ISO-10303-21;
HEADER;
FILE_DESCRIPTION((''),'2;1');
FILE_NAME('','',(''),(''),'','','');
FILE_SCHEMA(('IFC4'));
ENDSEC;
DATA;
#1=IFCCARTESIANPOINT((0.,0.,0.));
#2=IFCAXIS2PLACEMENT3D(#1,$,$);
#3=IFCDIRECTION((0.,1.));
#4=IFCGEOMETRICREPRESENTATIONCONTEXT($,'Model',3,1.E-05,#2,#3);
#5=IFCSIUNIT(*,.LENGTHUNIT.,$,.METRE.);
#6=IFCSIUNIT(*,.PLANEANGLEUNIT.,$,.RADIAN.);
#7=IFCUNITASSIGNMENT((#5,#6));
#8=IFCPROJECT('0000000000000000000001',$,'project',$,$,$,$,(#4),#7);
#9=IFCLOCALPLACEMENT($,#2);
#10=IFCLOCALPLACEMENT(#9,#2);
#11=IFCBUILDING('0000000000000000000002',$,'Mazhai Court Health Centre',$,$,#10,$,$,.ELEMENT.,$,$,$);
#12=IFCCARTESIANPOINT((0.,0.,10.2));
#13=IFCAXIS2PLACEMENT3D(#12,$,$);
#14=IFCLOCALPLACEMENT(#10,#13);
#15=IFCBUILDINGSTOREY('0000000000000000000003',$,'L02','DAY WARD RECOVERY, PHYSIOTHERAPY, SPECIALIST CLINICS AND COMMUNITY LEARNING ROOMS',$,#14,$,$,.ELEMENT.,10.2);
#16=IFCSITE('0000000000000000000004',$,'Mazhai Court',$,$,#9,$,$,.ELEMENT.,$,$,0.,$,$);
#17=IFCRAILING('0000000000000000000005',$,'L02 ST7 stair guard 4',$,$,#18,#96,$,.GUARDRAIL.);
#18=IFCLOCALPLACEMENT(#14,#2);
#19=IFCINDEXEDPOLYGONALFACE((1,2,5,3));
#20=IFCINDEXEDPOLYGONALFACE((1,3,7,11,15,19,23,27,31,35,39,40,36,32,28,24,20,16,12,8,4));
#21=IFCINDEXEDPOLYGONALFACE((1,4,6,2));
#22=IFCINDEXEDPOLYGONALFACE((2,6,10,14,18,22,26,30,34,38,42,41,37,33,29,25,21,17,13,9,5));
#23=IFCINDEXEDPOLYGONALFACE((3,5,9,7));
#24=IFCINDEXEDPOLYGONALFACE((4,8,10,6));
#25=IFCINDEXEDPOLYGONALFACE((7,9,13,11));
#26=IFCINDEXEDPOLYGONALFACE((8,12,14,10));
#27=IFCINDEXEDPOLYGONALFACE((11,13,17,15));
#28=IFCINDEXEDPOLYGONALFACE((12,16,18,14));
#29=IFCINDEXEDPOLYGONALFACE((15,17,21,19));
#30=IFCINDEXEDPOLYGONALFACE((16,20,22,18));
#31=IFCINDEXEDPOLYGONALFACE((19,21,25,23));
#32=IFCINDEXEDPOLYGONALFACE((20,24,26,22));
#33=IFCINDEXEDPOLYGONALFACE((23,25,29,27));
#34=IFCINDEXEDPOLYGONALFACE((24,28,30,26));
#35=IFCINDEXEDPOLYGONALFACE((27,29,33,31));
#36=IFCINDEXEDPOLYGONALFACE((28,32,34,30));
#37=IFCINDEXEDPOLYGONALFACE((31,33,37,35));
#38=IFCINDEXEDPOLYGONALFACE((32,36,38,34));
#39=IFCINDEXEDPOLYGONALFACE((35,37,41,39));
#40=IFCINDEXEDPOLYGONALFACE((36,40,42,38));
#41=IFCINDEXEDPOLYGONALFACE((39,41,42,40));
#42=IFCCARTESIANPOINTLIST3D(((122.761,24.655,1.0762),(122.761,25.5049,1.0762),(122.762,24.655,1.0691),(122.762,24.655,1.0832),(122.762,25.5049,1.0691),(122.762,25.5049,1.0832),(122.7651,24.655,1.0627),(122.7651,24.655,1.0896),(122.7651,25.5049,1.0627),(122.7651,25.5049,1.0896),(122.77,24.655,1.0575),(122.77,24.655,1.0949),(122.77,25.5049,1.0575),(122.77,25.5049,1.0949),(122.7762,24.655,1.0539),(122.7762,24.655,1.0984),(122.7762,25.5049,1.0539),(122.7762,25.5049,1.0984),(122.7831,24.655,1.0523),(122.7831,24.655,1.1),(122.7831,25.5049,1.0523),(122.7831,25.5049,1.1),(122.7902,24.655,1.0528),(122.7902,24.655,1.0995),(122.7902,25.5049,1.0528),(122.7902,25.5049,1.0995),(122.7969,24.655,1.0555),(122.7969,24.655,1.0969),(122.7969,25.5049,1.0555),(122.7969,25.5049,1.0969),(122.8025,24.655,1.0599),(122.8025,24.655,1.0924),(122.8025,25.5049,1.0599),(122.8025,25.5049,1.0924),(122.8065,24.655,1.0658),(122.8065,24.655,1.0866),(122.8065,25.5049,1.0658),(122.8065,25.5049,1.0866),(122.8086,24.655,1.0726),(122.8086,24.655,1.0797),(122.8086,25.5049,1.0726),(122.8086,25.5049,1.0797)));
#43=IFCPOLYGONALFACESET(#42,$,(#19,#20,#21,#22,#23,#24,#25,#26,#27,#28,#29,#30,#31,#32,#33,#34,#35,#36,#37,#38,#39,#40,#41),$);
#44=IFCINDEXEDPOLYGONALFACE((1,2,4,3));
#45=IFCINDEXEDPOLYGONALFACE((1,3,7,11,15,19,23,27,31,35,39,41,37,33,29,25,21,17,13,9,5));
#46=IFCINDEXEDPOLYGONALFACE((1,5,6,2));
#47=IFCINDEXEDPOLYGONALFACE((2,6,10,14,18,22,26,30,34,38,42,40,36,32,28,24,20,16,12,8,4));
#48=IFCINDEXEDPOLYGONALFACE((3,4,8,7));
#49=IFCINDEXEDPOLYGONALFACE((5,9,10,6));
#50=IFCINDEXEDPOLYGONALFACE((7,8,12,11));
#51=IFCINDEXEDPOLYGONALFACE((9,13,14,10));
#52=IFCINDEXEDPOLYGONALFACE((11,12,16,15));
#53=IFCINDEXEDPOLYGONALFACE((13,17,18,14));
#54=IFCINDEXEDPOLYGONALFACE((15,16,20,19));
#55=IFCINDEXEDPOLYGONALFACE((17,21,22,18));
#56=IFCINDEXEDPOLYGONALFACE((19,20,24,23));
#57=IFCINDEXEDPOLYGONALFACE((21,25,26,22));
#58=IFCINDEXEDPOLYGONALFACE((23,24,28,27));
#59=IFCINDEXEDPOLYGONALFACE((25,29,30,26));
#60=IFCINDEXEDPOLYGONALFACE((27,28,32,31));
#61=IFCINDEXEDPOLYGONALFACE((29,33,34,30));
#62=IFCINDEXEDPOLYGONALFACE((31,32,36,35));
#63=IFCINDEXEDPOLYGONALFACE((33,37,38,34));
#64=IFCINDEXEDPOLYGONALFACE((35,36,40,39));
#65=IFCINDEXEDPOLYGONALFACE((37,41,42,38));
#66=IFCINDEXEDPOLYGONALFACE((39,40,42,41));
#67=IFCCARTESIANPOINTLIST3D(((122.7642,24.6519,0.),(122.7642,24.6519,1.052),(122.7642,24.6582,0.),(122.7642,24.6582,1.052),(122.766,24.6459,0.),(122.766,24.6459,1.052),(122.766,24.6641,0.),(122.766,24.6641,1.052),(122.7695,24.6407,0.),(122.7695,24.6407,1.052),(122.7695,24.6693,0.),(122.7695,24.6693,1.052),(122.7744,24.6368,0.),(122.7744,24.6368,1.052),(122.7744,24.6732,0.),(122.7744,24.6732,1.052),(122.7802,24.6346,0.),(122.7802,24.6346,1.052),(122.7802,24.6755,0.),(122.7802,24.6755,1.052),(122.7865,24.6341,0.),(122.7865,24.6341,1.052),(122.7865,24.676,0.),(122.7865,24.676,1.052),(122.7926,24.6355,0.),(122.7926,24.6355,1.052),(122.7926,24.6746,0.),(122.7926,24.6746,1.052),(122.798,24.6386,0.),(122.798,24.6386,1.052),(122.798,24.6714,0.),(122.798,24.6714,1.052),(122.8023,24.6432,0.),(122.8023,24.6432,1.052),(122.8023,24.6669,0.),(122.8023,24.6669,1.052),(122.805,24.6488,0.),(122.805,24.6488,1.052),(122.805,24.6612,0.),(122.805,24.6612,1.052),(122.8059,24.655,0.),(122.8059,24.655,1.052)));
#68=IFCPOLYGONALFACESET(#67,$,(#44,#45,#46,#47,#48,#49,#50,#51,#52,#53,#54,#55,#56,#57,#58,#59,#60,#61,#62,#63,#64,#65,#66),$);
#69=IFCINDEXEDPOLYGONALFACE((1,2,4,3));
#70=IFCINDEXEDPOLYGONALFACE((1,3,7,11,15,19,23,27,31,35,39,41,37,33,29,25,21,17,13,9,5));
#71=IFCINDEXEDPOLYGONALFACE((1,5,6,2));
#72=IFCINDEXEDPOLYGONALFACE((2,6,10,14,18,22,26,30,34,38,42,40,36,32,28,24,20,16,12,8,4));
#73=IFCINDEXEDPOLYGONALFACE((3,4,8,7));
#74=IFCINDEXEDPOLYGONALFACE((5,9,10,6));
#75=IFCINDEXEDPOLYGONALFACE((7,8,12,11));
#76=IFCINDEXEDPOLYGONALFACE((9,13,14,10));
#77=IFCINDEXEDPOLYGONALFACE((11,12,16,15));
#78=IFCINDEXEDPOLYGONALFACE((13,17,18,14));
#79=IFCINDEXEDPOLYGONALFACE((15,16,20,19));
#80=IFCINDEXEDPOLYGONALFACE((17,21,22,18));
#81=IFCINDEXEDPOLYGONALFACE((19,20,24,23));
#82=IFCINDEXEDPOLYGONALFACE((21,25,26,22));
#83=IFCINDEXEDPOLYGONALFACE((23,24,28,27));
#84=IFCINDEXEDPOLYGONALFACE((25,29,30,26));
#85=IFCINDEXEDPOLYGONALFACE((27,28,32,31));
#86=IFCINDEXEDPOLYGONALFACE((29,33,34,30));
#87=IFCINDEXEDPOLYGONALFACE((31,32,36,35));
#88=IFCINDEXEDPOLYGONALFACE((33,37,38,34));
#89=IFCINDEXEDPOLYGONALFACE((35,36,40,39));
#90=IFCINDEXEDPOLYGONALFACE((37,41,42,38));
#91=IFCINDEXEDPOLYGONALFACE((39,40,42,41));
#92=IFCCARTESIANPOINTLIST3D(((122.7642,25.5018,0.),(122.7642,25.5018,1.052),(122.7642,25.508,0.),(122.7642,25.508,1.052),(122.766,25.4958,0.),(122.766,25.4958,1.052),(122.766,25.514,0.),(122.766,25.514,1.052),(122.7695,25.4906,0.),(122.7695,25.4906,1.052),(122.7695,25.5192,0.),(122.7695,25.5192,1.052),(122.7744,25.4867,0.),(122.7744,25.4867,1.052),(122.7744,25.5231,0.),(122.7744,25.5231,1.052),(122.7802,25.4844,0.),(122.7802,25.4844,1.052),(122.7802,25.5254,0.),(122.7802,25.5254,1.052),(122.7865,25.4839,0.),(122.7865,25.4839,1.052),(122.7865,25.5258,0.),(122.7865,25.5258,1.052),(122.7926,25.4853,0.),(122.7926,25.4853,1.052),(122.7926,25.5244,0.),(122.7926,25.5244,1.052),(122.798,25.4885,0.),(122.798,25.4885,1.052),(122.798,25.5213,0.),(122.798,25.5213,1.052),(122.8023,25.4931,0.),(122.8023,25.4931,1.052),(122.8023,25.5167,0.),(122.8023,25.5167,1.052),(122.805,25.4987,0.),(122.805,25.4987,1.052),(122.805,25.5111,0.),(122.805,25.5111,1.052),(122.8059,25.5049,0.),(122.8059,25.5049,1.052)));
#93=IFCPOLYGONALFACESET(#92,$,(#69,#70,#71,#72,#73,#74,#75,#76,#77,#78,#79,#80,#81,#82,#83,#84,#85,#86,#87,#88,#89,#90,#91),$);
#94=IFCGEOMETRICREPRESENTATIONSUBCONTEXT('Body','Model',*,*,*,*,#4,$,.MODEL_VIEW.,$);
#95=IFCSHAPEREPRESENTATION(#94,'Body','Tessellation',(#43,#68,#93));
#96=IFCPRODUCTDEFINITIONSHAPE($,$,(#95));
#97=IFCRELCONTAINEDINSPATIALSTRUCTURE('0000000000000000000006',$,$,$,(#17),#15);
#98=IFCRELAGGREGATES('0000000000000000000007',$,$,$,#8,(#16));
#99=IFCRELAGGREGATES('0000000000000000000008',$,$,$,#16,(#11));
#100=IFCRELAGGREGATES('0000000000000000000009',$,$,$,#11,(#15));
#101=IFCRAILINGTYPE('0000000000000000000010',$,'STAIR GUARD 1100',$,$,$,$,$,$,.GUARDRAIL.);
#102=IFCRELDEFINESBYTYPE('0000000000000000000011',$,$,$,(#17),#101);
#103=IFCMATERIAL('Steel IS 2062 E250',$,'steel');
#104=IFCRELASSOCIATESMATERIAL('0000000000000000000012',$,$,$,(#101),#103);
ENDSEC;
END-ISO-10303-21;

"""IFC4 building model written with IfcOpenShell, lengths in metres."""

from ifc_helpers import new_model, si_unit, direction, frame, origin, origin_2d, place, context, subcontext, project, spatial, circle, extrude, material, type_object, element, save


model = new_model("IFC4")

# Units and contexts
model_context = context("Model", 3, precision=1e-05, world=origin(), true_north=direction((0.0, 1.0)))
body_context = subcontext(model_context, "Body", "Model", "MODEL_VIEW")
ifc_project = project(units=[si_unit("LENGTHUNIT", "METRE"), si_unit("PLANEANGLEUNIT", "RADIAN")], contexts=[model_context])

# Site, building, storey
site_placement = place(None, origin())
site = spatial("IfcSite", under=ifc_project, at=site_placement, Name="Mazhai Court", CompositionType="ELEMENT", RefElevation=0.0)
building_placement = place(site_placement, origin())
building = spatial("IfcBuilding", under=site, at=building_placement, Name="Mazhai Court Health Centre", CompositionType="ELEMENT")
storey_placement = place(building_placement, frame((0.0, 0.0, 10.2)))
storey = spatial("IfcBuildingStorey", under=building, at=storey_placement, Name="L02", Description="DAY WARD RECOVERY, PHYSIOTHERAPY, SPECIALIST CLINICS AND COMMUNITY LEARNING ROOMS", CompositionType="ELEMENT", Elevation=10.2)

# Railing
ifc_material_1 = material(Name="Steel IS 2062 E250", Category="steel")
railing_type = type_object("IfcRailingType", Name="STAIR GUARD 1100", PredefinedType="GUARDRAIL", material=ifc_material_1)
railing_1_placement = place(storey_placement, frame((122.7849, 24.655, 0.0)))
element("IfcRailing", 1, at=railing_1_placement, inside=storey, type_object=railing_type, Name="L02 ST7 stair guard 4", PredefinedType="GUARDRAIL", context=body_context, shape_type="SweptSolid", body=[
    extrude(circle(Radius=0.0239, at=origin_2d()), frame((0.0, 0.0, 1.0762), z_axis=(0.0, 1.0, 0.0), x_axis=(-1.0, 0.0, 0.0)), (0.0, 0.0, 1.0), 0.8499),
    extrude(circle(Radius=0.021, at=origin_2d()), origin(), (0.0, 0.0, 1.0), 1.052),
    extrude(circle(Radius=0.021, at=origin_2d()), frame((0.0, 0.8499, 0.0)), (0.0, 0.0, 1.0), 1.052),
])

save(model, "model.ifc")
